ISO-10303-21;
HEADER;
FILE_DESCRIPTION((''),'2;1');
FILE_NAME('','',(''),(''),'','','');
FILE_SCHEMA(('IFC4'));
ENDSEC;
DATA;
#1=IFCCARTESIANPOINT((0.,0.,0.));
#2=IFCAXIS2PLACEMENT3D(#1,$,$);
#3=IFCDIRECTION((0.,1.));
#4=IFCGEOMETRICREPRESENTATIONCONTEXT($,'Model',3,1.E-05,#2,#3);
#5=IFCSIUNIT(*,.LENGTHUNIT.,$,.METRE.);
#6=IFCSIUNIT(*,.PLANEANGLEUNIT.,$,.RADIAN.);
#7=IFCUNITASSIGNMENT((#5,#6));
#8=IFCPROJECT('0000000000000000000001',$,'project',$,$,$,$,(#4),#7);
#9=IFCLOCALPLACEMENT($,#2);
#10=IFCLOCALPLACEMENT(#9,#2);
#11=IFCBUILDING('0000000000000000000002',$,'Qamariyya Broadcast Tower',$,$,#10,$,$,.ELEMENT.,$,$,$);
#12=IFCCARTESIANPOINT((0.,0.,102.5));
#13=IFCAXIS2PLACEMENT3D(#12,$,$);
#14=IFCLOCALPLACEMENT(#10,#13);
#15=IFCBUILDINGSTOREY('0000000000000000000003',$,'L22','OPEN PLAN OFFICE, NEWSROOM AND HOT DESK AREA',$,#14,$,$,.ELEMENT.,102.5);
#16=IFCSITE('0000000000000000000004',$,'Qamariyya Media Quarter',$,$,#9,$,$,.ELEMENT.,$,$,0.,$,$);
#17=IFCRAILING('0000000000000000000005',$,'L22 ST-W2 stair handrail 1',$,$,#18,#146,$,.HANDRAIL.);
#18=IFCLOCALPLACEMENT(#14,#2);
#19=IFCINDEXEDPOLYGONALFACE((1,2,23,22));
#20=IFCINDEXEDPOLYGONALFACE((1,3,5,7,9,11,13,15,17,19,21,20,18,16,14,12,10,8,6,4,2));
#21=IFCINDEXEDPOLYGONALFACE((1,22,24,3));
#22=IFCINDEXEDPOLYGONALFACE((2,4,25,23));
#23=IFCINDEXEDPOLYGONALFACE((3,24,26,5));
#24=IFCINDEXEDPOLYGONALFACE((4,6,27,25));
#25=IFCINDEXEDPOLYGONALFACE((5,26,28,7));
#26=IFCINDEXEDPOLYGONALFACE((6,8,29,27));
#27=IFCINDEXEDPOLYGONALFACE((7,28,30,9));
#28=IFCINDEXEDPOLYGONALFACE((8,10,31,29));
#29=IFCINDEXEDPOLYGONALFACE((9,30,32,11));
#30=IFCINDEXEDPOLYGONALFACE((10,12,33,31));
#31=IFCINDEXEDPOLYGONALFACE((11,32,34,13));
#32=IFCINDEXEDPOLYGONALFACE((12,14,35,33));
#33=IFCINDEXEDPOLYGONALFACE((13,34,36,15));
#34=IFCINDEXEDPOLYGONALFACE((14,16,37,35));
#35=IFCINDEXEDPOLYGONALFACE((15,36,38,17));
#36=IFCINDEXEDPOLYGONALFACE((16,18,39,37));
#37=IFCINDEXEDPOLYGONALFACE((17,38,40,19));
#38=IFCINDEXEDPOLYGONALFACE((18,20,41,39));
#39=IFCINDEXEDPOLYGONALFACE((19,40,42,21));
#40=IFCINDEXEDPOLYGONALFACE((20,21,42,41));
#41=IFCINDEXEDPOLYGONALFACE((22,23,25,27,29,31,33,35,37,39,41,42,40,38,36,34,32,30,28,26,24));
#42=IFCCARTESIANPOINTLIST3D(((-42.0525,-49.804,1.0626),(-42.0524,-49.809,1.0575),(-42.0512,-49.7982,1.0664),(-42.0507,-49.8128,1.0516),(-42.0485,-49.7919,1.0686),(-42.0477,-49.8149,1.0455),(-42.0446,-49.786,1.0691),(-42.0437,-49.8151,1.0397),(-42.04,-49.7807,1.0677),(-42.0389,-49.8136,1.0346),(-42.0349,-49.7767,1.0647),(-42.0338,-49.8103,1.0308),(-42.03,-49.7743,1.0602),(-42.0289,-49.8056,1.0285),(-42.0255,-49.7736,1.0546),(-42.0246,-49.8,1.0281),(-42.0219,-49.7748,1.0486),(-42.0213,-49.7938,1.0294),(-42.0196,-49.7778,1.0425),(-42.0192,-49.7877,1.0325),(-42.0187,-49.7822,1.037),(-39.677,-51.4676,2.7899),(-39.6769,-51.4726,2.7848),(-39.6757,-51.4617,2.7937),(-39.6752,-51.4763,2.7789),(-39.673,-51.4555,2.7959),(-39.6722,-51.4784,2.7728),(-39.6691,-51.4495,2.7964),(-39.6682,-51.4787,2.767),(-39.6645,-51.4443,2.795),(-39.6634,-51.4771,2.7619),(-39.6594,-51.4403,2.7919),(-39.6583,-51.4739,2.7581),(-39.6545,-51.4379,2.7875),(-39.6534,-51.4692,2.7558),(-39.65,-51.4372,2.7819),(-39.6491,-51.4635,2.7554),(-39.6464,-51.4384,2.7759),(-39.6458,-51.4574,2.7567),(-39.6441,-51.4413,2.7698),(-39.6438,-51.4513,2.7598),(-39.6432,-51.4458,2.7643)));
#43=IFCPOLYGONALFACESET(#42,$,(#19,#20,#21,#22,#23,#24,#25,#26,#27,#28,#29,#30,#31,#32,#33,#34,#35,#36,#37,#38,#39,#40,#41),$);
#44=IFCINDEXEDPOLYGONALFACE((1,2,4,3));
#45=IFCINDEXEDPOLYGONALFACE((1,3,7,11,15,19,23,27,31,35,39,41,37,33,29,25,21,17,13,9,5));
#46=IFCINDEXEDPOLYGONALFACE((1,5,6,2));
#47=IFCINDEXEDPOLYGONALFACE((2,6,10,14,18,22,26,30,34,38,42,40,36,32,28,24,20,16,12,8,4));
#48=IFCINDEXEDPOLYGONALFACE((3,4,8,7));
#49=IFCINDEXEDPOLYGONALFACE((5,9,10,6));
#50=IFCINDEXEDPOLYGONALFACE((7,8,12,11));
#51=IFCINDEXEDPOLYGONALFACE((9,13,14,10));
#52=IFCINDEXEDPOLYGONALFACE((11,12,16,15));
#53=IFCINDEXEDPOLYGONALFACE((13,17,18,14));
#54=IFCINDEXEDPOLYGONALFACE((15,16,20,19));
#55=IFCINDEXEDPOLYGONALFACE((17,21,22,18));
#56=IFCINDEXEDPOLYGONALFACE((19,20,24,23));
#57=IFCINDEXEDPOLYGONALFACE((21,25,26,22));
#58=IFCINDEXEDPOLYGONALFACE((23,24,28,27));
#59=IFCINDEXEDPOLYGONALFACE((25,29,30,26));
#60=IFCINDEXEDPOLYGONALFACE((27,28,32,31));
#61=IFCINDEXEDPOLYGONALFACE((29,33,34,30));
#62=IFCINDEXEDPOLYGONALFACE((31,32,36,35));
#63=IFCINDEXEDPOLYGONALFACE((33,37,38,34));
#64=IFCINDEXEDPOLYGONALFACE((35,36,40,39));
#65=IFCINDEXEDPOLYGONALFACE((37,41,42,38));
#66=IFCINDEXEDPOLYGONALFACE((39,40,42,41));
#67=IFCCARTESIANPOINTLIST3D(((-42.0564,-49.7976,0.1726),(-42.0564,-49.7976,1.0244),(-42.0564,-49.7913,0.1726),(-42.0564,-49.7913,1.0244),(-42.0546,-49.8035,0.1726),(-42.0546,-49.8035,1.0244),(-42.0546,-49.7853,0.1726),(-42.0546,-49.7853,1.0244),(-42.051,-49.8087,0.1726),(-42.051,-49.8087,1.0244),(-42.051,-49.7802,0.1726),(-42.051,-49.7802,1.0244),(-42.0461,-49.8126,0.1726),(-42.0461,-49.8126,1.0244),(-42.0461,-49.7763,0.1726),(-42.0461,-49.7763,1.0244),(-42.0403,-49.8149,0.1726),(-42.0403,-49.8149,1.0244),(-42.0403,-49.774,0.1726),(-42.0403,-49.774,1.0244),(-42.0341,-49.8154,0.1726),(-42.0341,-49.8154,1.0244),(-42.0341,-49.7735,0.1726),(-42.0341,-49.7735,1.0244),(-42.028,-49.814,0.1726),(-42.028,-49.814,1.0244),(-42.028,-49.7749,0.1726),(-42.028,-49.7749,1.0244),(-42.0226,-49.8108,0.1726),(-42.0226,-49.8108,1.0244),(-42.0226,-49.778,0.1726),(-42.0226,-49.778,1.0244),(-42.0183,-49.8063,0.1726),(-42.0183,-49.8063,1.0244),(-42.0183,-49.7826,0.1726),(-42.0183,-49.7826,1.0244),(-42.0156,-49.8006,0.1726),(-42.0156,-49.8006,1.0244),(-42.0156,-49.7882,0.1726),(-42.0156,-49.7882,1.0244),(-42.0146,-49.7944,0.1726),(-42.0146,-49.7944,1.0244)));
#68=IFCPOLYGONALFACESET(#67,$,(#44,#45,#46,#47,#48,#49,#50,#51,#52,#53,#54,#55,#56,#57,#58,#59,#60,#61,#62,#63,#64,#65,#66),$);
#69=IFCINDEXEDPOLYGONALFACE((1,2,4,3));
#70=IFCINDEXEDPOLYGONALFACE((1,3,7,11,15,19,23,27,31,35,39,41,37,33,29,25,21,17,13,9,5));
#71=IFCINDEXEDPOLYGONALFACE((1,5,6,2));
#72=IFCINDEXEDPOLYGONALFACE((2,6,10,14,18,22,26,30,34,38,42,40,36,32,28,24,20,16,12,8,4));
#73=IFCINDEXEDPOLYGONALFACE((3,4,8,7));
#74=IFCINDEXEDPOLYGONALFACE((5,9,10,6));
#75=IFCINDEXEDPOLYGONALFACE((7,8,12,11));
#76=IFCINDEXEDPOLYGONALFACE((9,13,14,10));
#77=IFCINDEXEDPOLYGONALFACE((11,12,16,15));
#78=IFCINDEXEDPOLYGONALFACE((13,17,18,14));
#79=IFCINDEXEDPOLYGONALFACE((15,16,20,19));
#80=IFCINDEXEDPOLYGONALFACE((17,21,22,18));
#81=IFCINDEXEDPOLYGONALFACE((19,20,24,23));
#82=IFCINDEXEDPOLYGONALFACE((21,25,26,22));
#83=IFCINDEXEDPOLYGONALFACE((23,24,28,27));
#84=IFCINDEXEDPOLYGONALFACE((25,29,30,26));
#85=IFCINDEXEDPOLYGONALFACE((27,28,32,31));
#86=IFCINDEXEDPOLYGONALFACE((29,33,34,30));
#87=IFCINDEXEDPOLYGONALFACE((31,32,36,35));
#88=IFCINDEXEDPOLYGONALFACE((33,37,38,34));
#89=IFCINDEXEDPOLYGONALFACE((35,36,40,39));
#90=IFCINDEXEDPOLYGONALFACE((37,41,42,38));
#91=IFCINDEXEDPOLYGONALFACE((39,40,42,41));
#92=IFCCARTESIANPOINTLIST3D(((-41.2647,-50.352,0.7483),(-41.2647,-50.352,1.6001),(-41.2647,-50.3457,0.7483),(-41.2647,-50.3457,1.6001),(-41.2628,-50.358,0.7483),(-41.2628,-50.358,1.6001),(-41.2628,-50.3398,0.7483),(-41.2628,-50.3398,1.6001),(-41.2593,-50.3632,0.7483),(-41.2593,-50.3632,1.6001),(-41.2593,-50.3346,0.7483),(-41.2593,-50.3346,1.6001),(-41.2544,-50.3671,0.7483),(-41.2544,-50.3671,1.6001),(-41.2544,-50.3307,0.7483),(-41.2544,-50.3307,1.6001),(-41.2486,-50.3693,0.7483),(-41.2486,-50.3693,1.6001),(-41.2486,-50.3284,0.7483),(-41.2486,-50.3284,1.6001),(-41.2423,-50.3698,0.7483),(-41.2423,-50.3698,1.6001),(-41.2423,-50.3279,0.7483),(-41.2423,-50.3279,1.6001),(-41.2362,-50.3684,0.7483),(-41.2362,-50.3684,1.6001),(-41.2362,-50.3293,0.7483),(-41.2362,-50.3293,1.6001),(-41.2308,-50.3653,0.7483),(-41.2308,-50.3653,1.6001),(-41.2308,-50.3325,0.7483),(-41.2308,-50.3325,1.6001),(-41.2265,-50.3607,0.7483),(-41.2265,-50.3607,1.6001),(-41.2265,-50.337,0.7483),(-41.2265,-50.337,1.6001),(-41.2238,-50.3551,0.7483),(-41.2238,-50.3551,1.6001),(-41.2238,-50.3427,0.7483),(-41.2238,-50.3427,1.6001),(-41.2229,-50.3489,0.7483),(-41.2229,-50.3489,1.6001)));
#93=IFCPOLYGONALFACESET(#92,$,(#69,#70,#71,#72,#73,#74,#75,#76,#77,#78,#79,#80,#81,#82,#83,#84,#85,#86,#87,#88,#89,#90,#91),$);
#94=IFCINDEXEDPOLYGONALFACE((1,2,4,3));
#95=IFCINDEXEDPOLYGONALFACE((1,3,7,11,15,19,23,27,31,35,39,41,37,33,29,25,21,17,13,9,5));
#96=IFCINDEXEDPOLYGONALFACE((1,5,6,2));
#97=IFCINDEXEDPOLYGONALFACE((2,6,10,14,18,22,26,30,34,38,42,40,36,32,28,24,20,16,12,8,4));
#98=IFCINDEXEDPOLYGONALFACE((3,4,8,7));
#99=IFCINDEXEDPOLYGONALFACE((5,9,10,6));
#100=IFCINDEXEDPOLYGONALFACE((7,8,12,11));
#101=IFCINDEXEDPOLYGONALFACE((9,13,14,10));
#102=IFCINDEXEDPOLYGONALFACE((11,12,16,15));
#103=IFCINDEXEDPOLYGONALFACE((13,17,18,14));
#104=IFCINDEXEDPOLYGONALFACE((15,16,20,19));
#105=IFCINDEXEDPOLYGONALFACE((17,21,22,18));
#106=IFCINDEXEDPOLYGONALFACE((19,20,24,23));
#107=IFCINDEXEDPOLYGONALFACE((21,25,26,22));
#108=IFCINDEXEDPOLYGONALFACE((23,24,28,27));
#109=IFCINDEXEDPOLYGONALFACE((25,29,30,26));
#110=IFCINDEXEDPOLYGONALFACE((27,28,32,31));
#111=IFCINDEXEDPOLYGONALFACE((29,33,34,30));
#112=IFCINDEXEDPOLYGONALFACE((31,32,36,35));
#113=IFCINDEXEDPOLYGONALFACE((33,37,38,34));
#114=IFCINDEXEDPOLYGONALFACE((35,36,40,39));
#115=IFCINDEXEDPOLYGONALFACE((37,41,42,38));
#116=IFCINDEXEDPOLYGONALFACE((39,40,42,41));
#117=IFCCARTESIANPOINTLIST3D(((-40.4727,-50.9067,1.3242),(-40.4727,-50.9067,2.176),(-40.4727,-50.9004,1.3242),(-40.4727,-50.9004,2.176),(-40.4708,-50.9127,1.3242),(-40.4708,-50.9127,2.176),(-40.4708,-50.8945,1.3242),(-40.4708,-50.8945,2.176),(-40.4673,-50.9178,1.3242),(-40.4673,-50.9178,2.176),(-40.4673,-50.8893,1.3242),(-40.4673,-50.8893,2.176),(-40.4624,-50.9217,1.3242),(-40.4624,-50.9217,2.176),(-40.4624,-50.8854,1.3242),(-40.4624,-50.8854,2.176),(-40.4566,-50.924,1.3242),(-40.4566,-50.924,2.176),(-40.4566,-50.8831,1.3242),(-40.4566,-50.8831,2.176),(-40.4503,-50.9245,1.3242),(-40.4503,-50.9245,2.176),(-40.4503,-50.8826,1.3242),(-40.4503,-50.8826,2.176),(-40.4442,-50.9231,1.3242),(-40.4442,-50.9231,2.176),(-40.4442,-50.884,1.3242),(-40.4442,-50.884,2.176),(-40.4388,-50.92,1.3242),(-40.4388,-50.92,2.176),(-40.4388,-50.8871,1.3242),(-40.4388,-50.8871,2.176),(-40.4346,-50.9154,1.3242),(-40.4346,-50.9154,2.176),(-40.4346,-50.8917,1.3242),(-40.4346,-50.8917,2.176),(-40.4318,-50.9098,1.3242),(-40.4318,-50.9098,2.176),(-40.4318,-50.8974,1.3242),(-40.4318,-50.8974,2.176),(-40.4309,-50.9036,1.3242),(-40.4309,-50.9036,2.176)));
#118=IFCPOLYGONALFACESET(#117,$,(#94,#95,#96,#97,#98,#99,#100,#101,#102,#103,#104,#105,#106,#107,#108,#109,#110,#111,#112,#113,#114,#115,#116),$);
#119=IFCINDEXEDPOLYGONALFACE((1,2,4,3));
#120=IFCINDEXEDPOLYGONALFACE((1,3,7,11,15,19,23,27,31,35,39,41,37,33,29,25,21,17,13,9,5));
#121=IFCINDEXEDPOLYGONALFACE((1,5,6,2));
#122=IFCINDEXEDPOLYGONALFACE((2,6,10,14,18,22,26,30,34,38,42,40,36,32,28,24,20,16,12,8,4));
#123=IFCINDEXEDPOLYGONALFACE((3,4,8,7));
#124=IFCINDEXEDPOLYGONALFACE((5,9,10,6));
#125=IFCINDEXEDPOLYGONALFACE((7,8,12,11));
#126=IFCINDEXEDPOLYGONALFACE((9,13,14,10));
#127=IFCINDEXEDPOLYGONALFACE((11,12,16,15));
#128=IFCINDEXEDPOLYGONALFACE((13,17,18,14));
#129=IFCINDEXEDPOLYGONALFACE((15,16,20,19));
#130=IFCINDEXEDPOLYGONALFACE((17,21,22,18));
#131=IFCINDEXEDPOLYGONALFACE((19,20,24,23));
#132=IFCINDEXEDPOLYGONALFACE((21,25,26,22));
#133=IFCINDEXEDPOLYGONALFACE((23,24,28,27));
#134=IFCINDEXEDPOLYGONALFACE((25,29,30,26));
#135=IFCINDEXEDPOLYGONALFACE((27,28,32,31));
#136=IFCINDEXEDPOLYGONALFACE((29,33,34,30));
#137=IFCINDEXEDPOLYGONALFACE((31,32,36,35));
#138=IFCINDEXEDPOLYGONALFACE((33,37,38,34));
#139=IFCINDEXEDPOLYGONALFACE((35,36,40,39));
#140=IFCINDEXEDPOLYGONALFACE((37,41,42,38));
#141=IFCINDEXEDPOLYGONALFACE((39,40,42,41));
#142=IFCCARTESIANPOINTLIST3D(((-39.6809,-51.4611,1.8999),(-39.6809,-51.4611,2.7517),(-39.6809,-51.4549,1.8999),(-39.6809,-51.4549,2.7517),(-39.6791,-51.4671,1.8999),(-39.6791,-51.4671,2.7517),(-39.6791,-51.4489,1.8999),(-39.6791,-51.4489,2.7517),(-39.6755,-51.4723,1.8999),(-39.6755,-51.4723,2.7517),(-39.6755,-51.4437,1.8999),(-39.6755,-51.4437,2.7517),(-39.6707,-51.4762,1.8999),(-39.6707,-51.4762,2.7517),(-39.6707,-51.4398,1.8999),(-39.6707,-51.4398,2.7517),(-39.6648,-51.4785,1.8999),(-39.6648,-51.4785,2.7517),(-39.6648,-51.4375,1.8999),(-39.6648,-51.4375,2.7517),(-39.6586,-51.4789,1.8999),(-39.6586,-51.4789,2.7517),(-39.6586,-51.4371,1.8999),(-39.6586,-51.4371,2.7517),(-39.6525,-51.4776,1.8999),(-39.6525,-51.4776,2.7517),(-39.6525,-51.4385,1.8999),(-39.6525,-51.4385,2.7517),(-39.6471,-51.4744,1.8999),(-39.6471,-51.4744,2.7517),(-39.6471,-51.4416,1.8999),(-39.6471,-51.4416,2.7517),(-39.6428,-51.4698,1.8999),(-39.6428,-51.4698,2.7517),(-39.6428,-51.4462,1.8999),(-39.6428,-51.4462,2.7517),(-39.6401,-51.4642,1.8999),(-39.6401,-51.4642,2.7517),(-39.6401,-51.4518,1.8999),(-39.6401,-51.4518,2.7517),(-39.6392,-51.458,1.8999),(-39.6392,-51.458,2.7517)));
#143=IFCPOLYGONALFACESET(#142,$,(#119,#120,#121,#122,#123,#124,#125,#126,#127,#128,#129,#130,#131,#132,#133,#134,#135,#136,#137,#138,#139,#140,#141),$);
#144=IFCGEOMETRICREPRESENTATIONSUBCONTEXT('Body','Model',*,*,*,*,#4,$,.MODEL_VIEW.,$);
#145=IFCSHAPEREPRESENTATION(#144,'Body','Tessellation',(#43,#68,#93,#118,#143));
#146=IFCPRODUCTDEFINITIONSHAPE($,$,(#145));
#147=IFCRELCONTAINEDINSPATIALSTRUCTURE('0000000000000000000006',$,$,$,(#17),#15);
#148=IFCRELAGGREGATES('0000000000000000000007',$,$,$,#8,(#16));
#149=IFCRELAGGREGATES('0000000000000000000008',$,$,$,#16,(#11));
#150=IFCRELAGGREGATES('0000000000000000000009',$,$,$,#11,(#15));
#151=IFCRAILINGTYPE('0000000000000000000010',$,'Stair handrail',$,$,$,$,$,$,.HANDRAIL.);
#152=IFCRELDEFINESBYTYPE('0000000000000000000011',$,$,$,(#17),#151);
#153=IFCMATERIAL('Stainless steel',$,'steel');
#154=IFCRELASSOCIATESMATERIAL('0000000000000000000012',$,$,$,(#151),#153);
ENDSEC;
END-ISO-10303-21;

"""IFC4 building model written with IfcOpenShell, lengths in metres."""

from ifc_helpers import new_model, si_unit, direction, frame, origin, origin_2d, place, context, subcontext, project, spatial, circle, extrude, material, type_object, element, save


model = new_model("IFC4")

# Units and contexts
model_context = context("Model", 3, precision=1e-05, world=origin(), true_north=direction((0.0, 1.0)))
body_context = subcontext(model_context, "Body", "Model", "MODEL_VIEW")
ifc_project = project(units=[si_unit("LENGTHUNIT", "METRE"), si_unit("PLANEANGLEUNIT", "RADIAN")], contexts=[model_context])

# Site, building, storey
site_placement = place(None, origin())
site = spatial("IfcSite", under=ifc_project, at=site_placement, Name="Qamariyya Media Quarter", CompositionType="ELEMENT", RefElevation=0.0)
building_placement = place(site_placement, origin())
building = spatial("IfcBuilding", under=site, at=building_placement, Name="Qamariyya Broadcast Tower", CompositionType="ELEMENT")
storey_placement = place(building_placement, frame((0.0, 0.0, 102.5)))
storey = spatial("IfcBuildingStorey", under=building, at=storey_placement, Name="L22", Description="OPEN PLAN OFFICE, NEWSROOM AND HOT DESK AREA", CompositionType="ELEMENT", Elevation=102.5)

# Railing
ifc_material_1 = material(Name="Stainless steel", Category="steel")
railing_type_1 = type_object("IfcRailingType", Name="Stair handrail", PredefinedType="HANDRAIL", material=ifc_material_1)
railing_1_placement = place(storey_placement, frame((-42.0356, -49.7944, 0.1726)))
element("IfcRailing", 1, at=railing_1_placement, inside=storey, type_object=railing_type_1, Name="L22 ST-W2 stair handrail 1", PredefinedType="HANDRAIL", context=body_context, shape_type="SweptSolid", body=[
    extrude(circle(Radius=0.0239, at=origin_2d()), frame((0.0, 0.0, 0.876), z_axis=(0.703745, -0.492838, 0.511716), x_axis=(0.573632, 0.819113, 0.0)), (0.0, 0.0, 1.0), 3.3755),
    extrude(circle(Radius=0.021, at=origin_2d()), origin(), (0.0, 0.0, 1.0), 0.8518),
    extrude(circle(Radius=0.021, at=origin_2d()), frame((0.7917, -0.5544, 0.5757)), (0.0, 0.0, 1.0), 0.8518),
    extrude(circle(Radius=0.021, at=origin_2d()), frame((1.5837, -1.1091, 1.1516)), (0.0, 0.0, 1.0), 0.8518),
    extrude(circle(Radius=0.021, at=origin_2d()), frame((2.3755, -1.6636, 1.7273)), (0.0, 0.0, 1.0), 0.8518),
])

save(model, "model.ifc")
